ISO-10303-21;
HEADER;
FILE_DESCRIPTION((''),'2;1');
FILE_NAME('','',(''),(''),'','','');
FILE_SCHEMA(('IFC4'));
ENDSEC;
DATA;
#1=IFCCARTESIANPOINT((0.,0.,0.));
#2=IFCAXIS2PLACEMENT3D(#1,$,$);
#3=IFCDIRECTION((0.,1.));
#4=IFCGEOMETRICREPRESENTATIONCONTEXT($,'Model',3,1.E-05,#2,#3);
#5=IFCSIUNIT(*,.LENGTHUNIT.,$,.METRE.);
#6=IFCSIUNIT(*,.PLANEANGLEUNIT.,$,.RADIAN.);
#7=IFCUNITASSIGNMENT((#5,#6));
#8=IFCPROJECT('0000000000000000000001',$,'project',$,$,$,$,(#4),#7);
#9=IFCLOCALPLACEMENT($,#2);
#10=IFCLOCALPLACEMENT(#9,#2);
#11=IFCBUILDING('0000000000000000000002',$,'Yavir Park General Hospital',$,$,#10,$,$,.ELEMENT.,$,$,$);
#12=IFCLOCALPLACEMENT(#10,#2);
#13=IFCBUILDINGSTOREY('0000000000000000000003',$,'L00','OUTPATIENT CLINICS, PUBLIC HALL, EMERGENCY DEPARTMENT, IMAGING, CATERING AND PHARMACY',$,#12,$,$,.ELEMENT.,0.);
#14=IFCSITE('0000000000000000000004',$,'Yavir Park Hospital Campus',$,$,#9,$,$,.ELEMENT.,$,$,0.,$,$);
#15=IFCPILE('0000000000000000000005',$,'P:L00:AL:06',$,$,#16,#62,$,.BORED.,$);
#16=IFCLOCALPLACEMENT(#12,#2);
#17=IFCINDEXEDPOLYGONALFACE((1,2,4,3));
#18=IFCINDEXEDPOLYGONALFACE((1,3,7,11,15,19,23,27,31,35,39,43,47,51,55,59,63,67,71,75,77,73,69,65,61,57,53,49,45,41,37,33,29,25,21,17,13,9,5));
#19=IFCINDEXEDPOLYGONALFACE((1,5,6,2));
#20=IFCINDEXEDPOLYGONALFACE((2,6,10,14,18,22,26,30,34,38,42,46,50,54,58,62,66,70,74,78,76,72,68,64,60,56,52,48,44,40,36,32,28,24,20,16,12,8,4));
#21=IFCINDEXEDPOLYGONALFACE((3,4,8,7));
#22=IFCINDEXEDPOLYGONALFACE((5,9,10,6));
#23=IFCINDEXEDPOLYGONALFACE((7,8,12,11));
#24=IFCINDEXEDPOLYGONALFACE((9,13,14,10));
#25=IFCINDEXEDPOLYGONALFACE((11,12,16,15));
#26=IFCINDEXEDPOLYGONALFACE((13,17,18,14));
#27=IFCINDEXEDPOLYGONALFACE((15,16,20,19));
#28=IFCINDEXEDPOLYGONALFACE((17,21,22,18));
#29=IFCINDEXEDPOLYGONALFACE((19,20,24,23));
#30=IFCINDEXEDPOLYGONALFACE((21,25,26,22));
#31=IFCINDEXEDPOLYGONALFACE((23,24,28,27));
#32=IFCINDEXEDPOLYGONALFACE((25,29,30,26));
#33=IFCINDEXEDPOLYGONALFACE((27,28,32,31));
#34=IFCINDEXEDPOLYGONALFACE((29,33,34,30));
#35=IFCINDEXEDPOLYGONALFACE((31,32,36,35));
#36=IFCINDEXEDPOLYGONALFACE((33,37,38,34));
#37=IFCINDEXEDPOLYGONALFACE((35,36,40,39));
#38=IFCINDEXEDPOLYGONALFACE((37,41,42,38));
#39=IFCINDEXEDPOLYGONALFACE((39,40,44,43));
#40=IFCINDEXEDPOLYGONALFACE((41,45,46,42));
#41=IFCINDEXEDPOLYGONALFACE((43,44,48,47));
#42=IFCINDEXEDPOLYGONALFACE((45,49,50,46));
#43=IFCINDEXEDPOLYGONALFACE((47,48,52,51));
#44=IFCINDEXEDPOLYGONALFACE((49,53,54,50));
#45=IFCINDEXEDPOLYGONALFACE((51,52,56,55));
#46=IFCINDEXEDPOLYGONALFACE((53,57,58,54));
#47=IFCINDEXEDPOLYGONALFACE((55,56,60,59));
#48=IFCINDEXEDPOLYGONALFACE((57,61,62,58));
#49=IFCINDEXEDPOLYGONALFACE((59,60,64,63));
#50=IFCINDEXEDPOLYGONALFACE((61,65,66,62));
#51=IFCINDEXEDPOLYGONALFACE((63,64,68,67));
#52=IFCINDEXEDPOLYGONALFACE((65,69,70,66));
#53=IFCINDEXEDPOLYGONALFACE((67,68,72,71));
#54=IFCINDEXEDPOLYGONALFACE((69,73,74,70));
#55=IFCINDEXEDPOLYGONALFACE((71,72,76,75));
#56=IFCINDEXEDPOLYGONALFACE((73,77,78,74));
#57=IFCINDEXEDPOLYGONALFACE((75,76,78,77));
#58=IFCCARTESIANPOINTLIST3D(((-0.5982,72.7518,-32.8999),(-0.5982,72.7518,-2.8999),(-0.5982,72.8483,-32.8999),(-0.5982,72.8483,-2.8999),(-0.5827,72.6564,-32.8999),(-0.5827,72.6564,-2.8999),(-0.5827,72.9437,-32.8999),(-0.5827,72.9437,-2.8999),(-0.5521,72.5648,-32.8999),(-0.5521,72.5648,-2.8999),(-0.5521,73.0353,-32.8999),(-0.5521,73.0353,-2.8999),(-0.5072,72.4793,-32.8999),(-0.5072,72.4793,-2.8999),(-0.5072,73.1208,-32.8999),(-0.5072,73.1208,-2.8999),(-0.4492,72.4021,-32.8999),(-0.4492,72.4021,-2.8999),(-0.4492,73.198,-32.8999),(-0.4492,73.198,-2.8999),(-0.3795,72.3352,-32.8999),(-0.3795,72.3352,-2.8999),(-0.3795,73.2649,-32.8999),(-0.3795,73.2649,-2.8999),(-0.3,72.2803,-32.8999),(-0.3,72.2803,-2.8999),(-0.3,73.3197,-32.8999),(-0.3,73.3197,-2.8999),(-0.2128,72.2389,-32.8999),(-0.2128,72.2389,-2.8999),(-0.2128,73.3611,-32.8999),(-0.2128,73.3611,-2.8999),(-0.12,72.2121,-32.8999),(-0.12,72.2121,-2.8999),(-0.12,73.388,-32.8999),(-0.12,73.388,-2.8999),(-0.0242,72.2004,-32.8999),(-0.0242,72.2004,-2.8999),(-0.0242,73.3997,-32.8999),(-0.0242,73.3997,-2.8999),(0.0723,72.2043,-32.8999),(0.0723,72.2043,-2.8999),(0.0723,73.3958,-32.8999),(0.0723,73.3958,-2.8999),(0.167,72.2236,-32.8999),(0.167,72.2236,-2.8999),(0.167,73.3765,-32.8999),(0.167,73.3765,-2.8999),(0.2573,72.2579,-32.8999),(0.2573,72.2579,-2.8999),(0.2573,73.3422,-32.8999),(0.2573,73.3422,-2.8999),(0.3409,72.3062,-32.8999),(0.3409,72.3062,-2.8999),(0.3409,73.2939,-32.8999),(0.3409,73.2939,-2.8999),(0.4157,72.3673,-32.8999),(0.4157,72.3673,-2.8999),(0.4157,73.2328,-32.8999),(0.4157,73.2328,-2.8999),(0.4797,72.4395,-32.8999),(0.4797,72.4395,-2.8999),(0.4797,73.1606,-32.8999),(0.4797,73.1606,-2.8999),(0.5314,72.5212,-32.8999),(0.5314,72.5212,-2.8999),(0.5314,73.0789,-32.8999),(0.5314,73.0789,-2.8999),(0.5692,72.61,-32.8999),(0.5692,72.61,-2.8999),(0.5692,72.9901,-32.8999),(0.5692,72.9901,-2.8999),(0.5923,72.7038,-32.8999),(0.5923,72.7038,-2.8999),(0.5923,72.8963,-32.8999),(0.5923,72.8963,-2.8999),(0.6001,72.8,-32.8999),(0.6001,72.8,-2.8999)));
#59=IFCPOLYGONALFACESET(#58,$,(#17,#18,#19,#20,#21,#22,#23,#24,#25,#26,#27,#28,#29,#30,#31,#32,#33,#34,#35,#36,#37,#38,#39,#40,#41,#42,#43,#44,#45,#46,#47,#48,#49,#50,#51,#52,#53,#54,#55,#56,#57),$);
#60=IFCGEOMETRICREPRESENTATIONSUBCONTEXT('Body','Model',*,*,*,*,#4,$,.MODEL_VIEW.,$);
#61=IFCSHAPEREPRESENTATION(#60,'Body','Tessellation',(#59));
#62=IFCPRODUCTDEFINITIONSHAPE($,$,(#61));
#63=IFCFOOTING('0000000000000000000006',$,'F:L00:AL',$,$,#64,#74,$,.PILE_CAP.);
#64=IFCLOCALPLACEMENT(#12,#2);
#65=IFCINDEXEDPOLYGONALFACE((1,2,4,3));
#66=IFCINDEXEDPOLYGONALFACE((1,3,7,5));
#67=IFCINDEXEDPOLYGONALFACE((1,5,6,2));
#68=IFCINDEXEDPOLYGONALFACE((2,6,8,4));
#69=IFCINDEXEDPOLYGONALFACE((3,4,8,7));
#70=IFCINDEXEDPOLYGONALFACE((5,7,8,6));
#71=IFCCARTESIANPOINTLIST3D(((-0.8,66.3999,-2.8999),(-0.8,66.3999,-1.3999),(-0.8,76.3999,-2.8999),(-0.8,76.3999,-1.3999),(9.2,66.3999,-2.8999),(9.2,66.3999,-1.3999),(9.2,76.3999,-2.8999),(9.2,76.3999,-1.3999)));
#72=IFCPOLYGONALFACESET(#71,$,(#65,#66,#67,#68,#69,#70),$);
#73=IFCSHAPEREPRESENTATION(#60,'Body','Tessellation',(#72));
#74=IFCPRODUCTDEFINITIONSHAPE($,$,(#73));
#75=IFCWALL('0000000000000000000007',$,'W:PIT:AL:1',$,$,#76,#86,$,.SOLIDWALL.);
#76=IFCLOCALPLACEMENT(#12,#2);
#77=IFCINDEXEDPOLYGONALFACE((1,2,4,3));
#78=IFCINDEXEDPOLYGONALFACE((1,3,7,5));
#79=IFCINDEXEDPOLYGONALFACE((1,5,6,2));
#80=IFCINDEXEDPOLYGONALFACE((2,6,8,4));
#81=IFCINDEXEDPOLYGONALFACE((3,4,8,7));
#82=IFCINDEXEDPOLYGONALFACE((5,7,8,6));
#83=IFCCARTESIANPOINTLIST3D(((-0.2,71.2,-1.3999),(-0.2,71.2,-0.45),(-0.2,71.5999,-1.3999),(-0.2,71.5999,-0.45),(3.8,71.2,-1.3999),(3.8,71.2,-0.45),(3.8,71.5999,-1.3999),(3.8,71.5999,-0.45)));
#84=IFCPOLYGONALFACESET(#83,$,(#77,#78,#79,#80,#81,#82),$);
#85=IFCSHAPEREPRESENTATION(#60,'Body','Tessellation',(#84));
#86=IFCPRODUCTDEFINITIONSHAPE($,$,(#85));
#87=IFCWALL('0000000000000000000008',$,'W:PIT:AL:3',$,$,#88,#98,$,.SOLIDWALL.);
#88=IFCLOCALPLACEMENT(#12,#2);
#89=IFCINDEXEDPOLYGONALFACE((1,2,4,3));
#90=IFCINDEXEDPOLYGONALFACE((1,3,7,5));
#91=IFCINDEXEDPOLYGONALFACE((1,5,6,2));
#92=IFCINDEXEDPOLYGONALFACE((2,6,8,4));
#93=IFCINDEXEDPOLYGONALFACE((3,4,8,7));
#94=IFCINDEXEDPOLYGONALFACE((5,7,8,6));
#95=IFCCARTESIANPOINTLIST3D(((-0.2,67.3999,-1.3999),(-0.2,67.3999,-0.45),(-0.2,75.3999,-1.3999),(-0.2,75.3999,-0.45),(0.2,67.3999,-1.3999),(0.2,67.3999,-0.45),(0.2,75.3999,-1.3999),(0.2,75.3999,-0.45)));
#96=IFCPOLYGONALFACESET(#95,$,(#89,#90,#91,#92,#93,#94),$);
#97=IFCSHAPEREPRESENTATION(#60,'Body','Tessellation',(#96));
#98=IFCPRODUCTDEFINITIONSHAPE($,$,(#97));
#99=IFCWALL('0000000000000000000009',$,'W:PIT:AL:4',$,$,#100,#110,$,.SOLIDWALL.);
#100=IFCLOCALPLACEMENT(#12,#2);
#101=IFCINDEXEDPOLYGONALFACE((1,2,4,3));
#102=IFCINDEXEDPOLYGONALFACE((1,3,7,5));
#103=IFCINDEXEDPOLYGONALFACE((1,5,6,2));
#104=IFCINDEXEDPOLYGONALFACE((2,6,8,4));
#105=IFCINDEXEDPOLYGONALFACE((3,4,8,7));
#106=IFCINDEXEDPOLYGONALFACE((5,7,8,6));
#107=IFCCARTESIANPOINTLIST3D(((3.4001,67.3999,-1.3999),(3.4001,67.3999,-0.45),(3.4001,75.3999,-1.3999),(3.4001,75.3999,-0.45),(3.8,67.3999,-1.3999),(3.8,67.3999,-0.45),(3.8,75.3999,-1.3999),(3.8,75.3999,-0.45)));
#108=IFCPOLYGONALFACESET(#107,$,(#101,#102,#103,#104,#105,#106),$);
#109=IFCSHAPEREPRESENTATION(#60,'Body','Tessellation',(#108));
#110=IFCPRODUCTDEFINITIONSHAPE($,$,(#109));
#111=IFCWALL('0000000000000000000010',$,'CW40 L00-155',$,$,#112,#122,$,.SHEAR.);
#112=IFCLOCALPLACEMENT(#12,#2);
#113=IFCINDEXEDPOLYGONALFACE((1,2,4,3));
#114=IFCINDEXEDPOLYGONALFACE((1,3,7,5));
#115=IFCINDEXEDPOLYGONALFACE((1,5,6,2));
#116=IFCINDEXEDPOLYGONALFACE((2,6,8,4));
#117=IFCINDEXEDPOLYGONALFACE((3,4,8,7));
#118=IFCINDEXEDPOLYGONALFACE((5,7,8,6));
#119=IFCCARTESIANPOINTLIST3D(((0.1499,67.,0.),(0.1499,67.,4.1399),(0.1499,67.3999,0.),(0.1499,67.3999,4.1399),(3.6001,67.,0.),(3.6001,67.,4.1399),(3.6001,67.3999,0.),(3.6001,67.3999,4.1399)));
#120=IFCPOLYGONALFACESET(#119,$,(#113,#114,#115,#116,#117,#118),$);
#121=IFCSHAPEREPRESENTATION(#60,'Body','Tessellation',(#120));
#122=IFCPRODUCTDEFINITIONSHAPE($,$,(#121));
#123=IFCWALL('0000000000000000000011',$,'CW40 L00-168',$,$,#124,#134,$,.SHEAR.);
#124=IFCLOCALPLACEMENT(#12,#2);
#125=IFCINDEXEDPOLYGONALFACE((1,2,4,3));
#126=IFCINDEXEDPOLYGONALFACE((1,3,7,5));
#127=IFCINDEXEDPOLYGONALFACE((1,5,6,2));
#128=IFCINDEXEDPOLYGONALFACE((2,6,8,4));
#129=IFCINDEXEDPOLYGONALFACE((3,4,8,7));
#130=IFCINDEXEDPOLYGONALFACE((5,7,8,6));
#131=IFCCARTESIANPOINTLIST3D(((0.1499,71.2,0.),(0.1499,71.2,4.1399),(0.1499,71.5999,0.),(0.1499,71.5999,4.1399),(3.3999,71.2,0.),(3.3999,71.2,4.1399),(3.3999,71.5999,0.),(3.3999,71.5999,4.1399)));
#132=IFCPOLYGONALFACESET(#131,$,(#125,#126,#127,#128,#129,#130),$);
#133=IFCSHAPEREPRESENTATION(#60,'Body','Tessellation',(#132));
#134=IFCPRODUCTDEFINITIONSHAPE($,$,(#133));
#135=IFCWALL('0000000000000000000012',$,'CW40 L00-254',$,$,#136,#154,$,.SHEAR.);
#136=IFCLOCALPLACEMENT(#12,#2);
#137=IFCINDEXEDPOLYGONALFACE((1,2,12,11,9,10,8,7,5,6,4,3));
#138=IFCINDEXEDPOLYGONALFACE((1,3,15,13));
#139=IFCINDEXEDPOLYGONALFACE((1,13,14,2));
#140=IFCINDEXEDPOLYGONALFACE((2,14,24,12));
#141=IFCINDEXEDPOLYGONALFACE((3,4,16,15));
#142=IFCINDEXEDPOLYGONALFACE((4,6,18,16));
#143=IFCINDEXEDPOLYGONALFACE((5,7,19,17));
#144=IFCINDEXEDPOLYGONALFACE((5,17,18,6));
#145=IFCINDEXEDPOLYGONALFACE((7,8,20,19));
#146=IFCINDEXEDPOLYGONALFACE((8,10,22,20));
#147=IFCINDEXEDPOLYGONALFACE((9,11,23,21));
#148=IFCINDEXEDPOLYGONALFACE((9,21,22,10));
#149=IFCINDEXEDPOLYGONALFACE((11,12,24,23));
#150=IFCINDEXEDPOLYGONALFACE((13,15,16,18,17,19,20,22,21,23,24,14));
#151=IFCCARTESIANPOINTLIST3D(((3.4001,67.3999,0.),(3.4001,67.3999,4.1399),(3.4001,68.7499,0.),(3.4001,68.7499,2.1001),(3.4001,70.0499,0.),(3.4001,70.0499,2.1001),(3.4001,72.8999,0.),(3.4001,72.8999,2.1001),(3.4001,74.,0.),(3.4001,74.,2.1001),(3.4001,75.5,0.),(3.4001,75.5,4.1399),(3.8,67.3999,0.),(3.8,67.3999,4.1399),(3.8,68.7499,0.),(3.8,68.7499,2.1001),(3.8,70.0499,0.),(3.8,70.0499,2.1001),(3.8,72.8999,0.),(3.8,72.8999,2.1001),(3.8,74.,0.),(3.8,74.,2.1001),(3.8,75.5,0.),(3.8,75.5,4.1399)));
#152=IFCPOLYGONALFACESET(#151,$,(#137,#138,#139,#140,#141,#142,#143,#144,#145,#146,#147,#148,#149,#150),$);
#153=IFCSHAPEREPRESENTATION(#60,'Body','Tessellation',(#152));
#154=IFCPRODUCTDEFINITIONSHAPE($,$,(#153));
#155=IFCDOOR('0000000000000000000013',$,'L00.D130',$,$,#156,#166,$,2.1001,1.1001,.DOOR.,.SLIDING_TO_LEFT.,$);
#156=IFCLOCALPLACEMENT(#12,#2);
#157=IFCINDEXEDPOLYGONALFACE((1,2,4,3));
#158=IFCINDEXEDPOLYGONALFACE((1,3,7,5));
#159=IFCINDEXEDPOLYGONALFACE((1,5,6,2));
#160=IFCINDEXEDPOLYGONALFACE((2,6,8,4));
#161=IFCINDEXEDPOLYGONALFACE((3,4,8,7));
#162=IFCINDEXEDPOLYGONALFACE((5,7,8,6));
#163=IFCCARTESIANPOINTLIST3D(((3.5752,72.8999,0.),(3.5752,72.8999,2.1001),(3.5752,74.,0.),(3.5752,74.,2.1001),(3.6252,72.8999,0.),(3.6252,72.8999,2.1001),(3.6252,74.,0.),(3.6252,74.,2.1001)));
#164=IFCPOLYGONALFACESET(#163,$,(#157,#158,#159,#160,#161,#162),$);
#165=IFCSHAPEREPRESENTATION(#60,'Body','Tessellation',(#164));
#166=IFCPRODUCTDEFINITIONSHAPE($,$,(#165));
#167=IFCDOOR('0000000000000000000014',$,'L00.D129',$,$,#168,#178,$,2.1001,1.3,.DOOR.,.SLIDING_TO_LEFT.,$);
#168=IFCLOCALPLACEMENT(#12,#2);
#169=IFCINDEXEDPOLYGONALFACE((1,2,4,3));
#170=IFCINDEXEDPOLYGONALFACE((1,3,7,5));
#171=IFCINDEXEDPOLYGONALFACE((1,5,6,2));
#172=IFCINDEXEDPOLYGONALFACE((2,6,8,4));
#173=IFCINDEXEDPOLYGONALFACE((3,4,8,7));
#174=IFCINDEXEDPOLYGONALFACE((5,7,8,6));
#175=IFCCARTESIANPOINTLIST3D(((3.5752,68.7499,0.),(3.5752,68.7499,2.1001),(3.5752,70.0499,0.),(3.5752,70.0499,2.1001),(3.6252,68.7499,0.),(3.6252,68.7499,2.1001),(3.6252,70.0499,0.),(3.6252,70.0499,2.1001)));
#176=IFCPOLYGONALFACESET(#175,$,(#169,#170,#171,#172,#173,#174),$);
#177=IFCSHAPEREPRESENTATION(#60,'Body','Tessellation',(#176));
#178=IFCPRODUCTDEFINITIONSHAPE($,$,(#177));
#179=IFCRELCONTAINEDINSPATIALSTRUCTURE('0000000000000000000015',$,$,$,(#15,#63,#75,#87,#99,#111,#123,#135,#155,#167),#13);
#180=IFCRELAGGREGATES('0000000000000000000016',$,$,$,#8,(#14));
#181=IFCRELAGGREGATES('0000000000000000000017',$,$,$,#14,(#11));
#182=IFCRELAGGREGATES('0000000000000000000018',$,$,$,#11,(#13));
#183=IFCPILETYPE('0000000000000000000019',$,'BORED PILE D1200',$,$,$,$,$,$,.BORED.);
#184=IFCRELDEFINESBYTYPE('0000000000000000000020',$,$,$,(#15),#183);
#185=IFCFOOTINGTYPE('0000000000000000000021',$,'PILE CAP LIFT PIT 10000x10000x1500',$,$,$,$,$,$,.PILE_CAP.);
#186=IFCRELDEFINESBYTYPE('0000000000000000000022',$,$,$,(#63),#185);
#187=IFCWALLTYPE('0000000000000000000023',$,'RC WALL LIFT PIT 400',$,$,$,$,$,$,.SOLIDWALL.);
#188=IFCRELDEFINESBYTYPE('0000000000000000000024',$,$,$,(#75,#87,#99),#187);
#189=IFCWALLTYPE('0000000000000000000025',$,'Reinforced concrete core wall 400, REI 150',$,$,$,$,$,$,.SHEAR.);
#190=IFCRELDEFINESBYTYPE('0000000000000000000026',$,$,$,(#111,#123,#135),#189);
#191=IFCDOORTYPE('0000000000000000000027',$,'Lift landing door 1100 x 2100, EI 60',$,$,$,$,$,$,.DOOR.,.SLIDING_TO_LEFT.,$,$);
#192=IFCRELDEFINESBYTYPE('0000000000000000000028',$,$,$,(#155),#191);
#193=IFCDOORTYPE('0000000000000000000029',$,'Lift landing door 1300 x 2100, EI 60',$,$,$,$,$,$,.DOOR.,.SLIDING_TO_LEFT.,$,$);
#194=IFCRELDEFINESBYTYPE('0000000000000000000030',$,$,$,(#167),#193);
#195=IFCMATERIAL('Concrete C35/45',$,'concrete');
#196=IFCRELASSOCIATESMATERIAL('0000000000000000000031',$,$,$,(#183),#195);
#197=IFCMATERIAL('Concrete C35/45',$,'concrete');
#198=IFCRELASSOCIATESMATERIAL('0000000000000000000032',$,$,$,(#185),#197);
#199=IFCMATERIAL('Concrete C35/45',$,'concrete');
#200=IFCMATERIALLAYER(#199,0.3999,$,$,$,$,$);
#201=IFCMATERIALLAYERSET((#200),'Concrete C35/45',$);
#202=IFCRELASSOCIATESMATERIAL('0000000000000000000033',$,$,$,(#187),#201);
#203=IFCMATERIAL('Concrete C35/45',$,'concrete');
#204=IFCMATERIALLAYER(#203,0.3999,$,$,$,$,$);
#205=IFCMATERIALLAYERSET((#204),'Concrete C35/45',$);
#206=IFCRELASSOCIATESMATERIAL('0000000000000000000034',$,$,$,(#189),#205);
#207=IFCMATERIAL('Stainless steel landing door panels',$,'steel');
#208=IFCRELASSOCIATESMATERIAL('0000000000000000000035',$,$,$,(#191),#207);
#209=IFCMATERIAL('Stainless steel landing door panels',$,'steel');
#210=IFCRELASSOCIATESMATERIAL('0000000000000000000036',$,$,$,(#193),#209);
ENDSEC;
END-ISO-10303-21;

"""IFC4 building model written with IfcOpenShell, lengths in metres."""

from ifc_helpers import new_model, si_unit, direction, frame, frame_2d, origin, origin_2d, place, context, subcontext, project, spatial, rectangle, circle, extrude, material, layer, layer_set, material_profile, profile_set, type_object, element, fill, save


model = new_model("IFC4")

# Units and contexts
model_context = context("Model", 3, precision=1e-05, world=origin(), true_north=direction((0.0, 1.0)))
body_context = subcontext(model_context, "Body", "Model", "MODEL_VIEW")
ifc_project = project(units=[si_unit("LENGTHUNIT", "METRE"), si_unit("PLANEANGLEUNIT", "RADIAN")], contexts=[model_context])

# Site, building, storey
site_placement = place(None, origin())
site = spatial("IfcSite", under=ifc_project, at=site_placement, Name="Yavir Park Hospital Campus", CompositionType="ELEMENT", RefElevation=0.0)
building_placement = place(site_placement, origin())
building = spatial("IfcBuilding", under=site, at=building_placement, Name="Yavir Park General Hospital", CompositionType="ELEMENT")
storey_placement = place(building_placement, origin())
storey = spatial("IfcBuildingStorey", under=building, at=storey_placement, Name="L00", Description="OUTPATIENT CLINICS, PUBLIC HALL, EMERGENCY DEPARTMENT, IMAGING, CATERING AND PHARMACY", CompositionType="ELEMENT", Elevation=0.0)

# Pile
ifc_material_1 = material(Name="Concrete C35/45", Category="concrete")
ifc_material_profile = material_profile(ifc_material_1, circle(Radius=0.6001, at=origin_2d()), Name="D1200")
ifc_profile_set = profile_set([ifc_material_profile], Name="Concrete C35/45")
pile_type = type_object("IfcPileType", Name="BORED PILE D1200", PredefinedType="BORED", material=ifc_profile_set)
for number, where, z_axis, x_axis, name in (
    (1, (0.0, 72.8, -2.8999), (0.0, 0.0, -1.0), (1.0, 0.0, 0.0), "P:L00:AL:06"),
):
    element("IfcPile", number, at=place(storey_placement, frame(where, z_axis=z_axis, x_axis=x_axis)), inside=storey, type_object=pile_type, Name=name, PredefinedType="BORED", context=body_context, shape_type="SweptSolid", body=[
        extrude(circle(Radius=0.6001, at=origin_2d()), origin(), (0.0, 0.0, 1.0), 30.0),
    ])

# Footing
ifc_material_2 = material(Name="Concrete C35/45", Category="concrete")
footing_type = type_object("IfcFootingType", Name="PILE CAP LIFT PIT 10000x10000x1500", PredefinedType="PILE_CAP", material=ifc_material_2)
footing_placement = place(storey_placement, frame((4.2, 71.3999, -2.8999), z_axis=(0.0, 0.0, 1.0), x_axis=(1.0, 0.0, 0.0)))
element("IfcFooting", 2, at=footing_placement, inside=storey, type_object=footing_type, Name="F:L00:AL", PredefinedType="PILE_CAP", context=body_context, shape_type="SweptSolid", body=[
    extrude(rectangle(XDim=10.0, YDim=10.0, at=origin_2d()), origin(), (0.0, 0.0, 1.0), 1.5),
])

# Walls
ifc_material_3 = material(Name="Concrete C35/45", Category="concrete")
ifc_layer_1 = layer(ifc_material_3, 0.3999)
ifc_layer_set_1 = layer_set([ifc_layer_1], Name="Concrete C35/45")
wall_type_1 = type_object("IfcWallType", Name="RC WALL LIFT PIT 400", PredefinedType="SOLIDWALL", material=ifc_layer_set_1)
wall_1_placement = place(storey_placement, frame((-0.2, 71.3999, -1.3999), z_axis=(0.0, 0.0, 1.0), x_axis=(1.0, 0.0, 0.0)))
element("IfcWall", 3, at=wall_1_placement, inside=storey, type_object=wall_type_1, Name="W:PIT:AL:1", PredefinedType="SOLIDWALL", context=body_context, shape_type="SweptSolid", body=[
    extrude(rectangle(XDim=4.0, YDim=0.3999, at=frame_2d((2.0, 0.0))), origin(), (0.0, 0.0, 1.0), 0.95),
])
for number, where, z_axis, x_axis, name in (
    (4, (0.0, 67.3999, -1.3999), (0.0, 0.0, 1.0), (0.0, 1.0, 0.0), "W:PIT:AL:3"),
    (5, (3.6001, 67.3999, -1.3999), (0.0, 0.0, 1.0), (0.0, 1.0, 0.0), "W:PIT:AL:4"),
):
    element("IfcWall", number, at=place(storey_placement, frame(where, z_axis=z_axis, x_axis=x_axis)), inside=storey, type_object=wall_type_1, Name=name, PredefinedType="SOLIDWALL", context=body_context, shape_type="SweptSolid", body=[
        extrude(rectangle(XDim=8.0, YDim=0.3999, at=frame_2d((4.0, 0.0))), origin(), (0.0, 0.0, 1.0), 0.95),
    ])
ifc_material_4 = material(Name="Concrete C35/45", Category="concrete")
ifc_layer_2 = layer(ifc_material_4, 0.3999)
ifc_layer_set_2 = layer_set([ifc_layer_2], Name="Concrete C35/45")
wall_type_2 = type_object("IfcWallType", Name="Reinforced concrete core wall 400, REI 150", PredefinedType="SHEAR", material=ifc_layer_set_2)
wall_2_placement = place(storey_placement, frame((0.1499, 67.2, 0.0), z_axis=(0.0, 0.0, 1.0), x_axis=(1.0, 0.0, 0.0)))
element("IfcWall", 6, at=wall_2_placement, inside=storey, type_object=wall_type_2, Name="CW40 L00-155", PredefinedType="SHEAR", context=body_context, shape_type="SweptSolid", body=[
    extrude(rectangle(XDim=3.4502, YDim=0.3999, at=frame_2d((1.7251, 0.0))), origin(), (0.0, 0.0, 1.0), 4.1399),
])
wall_3_placement = place(storey_placement, frame((0.1499, 71.3999, 0.0), z_axis=(0.0, 0.0, 1.0), x_axis=(1.0, 0.0, 0.0)))
element("IfcWall", 7, at=wall_3_placement, inside=storey, type_object=wall_type_2, Name="CW40 L00-168", PredefinedType="SHEAR", context=body_context, shape_type="SweptSolid", body=[
    extrude(rectangle(XDim=3.25, YDim=0.3999, at=frame_2d((1.625, 0.0))), origin(), (0.0, 0.0, 1.0), 4.1399),
])

# Wall, openings, doors
wall_4_placement = place(storey_placement, frame((3.6001, 67.3999, 0.0), z_axis=(0.0, 0.0, 1.0), x_axis=(0.0, 1.0, 0.0)))
wall_4 = element("IfcWall", 8, at=wall_4_placement, inside=storey, type_object=wall_type_2, Name="CW40 L00-254", PredefinedType="SHEAR", context=body_context, shape_type="SweptSolid", body=[
    extrude(rectangle(XDim=8.1001, YDim=0.3999, at=frame_2d((4.05, 0.0))), origin(), (0.0, 0.0, 1.0), 4.1399),
])
opening_1_placement = place(wall_4_placement, frame((1.3501, 0.0, 0.0)))
opening_1 = element("IfcOpeningElement", 9, at=opening_1_placement, cuts=wall_4, PredefinedType="OPENING", context=body_context, shape_type="SweptSolid", body=[
    extrude(rectangle(XDim=1.3, YDim=2.1001, at=frame_2d((0.6499, 1.05))), frame((0.0, 0.21, 0.0), z_axis=(0.0, -1.0, 0.0), x_axis=(1.0, 0.0, 0.0)), (0.0, 0.0, 1.0), 0.4199),
])
opening_2_placement = place(wall_4_placement, frame((5.5, 0.0, 0.0)))
opening_2 = element("IfcOpeningElement", 10, at=opening_2_placement, cuts=wall_4, PredefinedType="OPENING", context=body_context, shape_type="SweptSolid", body=[
    extrude(rectangle(XDim=1.1001, YDim=2.1001, at=frame_2d((0.55, 1.05))), frame((0.0, 0.21, 0.0), z_axis=(0.0, -1.0, 0.0), x_axis=(1.0, 0.0, 0.0)), (0.0, 0.0, 1.0), 0.4199),
])
ifc_material_5 = material(Name="Stainless steel landing door panels", Category="steel")
door_type_1 = type_object("IfcDoorType", Name="Lift landing door 1100 x 2100, EI 60", OperationType="SLIDING_TO_LEFT", PredefinedType="DOOR", material=ifc_material_5)
door_1_placement = place(opening_2_placement, origin())
door_1 = element("IfcDoor", 11, at=door_1_placement, inside=storey, type_object=door_type_1, Name="L00.D130", OperationType="SLIDING_TO_LEFT", OverallHeight=2.1001, OverallWidth=1.1001, PredefinedType="DOOR", context=body_context, shape_type="SweptSolid", body=[
    extrude(rectangle(XDim=1.1001, YDim=2.1001, at=frame_2d((0.55, 1.05))), frame((0.0, 0.0249, 0.0), z_axis=(0.0, -1.0, 0.0), x_axis=(1.0, 0.0, 0.0)), (0.0, 0.0, 1.0), 0.05),
])
fill(opening_2, door_1)
ifc_material_6 = material(Name="Stainless steel landing door panels", Category="steel")
door_type_2 = type_object("IfcDoorType", Name="Lift landing door 1300 x 2100, EI 60", OperationType="SLIDING_TO_LEFT", PredefinedType="DOOR", material=ifc_material_6)
door_2_placement = place(opening_1_placement, origin())
door_2 = element("IfcDoor", 12, at=door_2_placement, inside=storey, type_object=door_type_2, Name="L00.D129", OperationType="SLIDING_TO_LEFT", OverallHeight=2.1001, OverallWidth=1.3, PredefinedType="DOOR", context=body_context, shape_type="SweptSolid", body=[
    extrude(rectangle(XDim=1.3, YDim=2.1001, at=frame_2d((0.6499, 1.05))), frame((0.0, 0.0249, 0.0), z_axis=(0.0, -1.0, 0.0), x_axis=(1.0, 0.0, 0.0)), (0.0, 0.0, 1.0), 0.05),
])
fill(opening_1, door_2)

save(model, "model.ifc")
